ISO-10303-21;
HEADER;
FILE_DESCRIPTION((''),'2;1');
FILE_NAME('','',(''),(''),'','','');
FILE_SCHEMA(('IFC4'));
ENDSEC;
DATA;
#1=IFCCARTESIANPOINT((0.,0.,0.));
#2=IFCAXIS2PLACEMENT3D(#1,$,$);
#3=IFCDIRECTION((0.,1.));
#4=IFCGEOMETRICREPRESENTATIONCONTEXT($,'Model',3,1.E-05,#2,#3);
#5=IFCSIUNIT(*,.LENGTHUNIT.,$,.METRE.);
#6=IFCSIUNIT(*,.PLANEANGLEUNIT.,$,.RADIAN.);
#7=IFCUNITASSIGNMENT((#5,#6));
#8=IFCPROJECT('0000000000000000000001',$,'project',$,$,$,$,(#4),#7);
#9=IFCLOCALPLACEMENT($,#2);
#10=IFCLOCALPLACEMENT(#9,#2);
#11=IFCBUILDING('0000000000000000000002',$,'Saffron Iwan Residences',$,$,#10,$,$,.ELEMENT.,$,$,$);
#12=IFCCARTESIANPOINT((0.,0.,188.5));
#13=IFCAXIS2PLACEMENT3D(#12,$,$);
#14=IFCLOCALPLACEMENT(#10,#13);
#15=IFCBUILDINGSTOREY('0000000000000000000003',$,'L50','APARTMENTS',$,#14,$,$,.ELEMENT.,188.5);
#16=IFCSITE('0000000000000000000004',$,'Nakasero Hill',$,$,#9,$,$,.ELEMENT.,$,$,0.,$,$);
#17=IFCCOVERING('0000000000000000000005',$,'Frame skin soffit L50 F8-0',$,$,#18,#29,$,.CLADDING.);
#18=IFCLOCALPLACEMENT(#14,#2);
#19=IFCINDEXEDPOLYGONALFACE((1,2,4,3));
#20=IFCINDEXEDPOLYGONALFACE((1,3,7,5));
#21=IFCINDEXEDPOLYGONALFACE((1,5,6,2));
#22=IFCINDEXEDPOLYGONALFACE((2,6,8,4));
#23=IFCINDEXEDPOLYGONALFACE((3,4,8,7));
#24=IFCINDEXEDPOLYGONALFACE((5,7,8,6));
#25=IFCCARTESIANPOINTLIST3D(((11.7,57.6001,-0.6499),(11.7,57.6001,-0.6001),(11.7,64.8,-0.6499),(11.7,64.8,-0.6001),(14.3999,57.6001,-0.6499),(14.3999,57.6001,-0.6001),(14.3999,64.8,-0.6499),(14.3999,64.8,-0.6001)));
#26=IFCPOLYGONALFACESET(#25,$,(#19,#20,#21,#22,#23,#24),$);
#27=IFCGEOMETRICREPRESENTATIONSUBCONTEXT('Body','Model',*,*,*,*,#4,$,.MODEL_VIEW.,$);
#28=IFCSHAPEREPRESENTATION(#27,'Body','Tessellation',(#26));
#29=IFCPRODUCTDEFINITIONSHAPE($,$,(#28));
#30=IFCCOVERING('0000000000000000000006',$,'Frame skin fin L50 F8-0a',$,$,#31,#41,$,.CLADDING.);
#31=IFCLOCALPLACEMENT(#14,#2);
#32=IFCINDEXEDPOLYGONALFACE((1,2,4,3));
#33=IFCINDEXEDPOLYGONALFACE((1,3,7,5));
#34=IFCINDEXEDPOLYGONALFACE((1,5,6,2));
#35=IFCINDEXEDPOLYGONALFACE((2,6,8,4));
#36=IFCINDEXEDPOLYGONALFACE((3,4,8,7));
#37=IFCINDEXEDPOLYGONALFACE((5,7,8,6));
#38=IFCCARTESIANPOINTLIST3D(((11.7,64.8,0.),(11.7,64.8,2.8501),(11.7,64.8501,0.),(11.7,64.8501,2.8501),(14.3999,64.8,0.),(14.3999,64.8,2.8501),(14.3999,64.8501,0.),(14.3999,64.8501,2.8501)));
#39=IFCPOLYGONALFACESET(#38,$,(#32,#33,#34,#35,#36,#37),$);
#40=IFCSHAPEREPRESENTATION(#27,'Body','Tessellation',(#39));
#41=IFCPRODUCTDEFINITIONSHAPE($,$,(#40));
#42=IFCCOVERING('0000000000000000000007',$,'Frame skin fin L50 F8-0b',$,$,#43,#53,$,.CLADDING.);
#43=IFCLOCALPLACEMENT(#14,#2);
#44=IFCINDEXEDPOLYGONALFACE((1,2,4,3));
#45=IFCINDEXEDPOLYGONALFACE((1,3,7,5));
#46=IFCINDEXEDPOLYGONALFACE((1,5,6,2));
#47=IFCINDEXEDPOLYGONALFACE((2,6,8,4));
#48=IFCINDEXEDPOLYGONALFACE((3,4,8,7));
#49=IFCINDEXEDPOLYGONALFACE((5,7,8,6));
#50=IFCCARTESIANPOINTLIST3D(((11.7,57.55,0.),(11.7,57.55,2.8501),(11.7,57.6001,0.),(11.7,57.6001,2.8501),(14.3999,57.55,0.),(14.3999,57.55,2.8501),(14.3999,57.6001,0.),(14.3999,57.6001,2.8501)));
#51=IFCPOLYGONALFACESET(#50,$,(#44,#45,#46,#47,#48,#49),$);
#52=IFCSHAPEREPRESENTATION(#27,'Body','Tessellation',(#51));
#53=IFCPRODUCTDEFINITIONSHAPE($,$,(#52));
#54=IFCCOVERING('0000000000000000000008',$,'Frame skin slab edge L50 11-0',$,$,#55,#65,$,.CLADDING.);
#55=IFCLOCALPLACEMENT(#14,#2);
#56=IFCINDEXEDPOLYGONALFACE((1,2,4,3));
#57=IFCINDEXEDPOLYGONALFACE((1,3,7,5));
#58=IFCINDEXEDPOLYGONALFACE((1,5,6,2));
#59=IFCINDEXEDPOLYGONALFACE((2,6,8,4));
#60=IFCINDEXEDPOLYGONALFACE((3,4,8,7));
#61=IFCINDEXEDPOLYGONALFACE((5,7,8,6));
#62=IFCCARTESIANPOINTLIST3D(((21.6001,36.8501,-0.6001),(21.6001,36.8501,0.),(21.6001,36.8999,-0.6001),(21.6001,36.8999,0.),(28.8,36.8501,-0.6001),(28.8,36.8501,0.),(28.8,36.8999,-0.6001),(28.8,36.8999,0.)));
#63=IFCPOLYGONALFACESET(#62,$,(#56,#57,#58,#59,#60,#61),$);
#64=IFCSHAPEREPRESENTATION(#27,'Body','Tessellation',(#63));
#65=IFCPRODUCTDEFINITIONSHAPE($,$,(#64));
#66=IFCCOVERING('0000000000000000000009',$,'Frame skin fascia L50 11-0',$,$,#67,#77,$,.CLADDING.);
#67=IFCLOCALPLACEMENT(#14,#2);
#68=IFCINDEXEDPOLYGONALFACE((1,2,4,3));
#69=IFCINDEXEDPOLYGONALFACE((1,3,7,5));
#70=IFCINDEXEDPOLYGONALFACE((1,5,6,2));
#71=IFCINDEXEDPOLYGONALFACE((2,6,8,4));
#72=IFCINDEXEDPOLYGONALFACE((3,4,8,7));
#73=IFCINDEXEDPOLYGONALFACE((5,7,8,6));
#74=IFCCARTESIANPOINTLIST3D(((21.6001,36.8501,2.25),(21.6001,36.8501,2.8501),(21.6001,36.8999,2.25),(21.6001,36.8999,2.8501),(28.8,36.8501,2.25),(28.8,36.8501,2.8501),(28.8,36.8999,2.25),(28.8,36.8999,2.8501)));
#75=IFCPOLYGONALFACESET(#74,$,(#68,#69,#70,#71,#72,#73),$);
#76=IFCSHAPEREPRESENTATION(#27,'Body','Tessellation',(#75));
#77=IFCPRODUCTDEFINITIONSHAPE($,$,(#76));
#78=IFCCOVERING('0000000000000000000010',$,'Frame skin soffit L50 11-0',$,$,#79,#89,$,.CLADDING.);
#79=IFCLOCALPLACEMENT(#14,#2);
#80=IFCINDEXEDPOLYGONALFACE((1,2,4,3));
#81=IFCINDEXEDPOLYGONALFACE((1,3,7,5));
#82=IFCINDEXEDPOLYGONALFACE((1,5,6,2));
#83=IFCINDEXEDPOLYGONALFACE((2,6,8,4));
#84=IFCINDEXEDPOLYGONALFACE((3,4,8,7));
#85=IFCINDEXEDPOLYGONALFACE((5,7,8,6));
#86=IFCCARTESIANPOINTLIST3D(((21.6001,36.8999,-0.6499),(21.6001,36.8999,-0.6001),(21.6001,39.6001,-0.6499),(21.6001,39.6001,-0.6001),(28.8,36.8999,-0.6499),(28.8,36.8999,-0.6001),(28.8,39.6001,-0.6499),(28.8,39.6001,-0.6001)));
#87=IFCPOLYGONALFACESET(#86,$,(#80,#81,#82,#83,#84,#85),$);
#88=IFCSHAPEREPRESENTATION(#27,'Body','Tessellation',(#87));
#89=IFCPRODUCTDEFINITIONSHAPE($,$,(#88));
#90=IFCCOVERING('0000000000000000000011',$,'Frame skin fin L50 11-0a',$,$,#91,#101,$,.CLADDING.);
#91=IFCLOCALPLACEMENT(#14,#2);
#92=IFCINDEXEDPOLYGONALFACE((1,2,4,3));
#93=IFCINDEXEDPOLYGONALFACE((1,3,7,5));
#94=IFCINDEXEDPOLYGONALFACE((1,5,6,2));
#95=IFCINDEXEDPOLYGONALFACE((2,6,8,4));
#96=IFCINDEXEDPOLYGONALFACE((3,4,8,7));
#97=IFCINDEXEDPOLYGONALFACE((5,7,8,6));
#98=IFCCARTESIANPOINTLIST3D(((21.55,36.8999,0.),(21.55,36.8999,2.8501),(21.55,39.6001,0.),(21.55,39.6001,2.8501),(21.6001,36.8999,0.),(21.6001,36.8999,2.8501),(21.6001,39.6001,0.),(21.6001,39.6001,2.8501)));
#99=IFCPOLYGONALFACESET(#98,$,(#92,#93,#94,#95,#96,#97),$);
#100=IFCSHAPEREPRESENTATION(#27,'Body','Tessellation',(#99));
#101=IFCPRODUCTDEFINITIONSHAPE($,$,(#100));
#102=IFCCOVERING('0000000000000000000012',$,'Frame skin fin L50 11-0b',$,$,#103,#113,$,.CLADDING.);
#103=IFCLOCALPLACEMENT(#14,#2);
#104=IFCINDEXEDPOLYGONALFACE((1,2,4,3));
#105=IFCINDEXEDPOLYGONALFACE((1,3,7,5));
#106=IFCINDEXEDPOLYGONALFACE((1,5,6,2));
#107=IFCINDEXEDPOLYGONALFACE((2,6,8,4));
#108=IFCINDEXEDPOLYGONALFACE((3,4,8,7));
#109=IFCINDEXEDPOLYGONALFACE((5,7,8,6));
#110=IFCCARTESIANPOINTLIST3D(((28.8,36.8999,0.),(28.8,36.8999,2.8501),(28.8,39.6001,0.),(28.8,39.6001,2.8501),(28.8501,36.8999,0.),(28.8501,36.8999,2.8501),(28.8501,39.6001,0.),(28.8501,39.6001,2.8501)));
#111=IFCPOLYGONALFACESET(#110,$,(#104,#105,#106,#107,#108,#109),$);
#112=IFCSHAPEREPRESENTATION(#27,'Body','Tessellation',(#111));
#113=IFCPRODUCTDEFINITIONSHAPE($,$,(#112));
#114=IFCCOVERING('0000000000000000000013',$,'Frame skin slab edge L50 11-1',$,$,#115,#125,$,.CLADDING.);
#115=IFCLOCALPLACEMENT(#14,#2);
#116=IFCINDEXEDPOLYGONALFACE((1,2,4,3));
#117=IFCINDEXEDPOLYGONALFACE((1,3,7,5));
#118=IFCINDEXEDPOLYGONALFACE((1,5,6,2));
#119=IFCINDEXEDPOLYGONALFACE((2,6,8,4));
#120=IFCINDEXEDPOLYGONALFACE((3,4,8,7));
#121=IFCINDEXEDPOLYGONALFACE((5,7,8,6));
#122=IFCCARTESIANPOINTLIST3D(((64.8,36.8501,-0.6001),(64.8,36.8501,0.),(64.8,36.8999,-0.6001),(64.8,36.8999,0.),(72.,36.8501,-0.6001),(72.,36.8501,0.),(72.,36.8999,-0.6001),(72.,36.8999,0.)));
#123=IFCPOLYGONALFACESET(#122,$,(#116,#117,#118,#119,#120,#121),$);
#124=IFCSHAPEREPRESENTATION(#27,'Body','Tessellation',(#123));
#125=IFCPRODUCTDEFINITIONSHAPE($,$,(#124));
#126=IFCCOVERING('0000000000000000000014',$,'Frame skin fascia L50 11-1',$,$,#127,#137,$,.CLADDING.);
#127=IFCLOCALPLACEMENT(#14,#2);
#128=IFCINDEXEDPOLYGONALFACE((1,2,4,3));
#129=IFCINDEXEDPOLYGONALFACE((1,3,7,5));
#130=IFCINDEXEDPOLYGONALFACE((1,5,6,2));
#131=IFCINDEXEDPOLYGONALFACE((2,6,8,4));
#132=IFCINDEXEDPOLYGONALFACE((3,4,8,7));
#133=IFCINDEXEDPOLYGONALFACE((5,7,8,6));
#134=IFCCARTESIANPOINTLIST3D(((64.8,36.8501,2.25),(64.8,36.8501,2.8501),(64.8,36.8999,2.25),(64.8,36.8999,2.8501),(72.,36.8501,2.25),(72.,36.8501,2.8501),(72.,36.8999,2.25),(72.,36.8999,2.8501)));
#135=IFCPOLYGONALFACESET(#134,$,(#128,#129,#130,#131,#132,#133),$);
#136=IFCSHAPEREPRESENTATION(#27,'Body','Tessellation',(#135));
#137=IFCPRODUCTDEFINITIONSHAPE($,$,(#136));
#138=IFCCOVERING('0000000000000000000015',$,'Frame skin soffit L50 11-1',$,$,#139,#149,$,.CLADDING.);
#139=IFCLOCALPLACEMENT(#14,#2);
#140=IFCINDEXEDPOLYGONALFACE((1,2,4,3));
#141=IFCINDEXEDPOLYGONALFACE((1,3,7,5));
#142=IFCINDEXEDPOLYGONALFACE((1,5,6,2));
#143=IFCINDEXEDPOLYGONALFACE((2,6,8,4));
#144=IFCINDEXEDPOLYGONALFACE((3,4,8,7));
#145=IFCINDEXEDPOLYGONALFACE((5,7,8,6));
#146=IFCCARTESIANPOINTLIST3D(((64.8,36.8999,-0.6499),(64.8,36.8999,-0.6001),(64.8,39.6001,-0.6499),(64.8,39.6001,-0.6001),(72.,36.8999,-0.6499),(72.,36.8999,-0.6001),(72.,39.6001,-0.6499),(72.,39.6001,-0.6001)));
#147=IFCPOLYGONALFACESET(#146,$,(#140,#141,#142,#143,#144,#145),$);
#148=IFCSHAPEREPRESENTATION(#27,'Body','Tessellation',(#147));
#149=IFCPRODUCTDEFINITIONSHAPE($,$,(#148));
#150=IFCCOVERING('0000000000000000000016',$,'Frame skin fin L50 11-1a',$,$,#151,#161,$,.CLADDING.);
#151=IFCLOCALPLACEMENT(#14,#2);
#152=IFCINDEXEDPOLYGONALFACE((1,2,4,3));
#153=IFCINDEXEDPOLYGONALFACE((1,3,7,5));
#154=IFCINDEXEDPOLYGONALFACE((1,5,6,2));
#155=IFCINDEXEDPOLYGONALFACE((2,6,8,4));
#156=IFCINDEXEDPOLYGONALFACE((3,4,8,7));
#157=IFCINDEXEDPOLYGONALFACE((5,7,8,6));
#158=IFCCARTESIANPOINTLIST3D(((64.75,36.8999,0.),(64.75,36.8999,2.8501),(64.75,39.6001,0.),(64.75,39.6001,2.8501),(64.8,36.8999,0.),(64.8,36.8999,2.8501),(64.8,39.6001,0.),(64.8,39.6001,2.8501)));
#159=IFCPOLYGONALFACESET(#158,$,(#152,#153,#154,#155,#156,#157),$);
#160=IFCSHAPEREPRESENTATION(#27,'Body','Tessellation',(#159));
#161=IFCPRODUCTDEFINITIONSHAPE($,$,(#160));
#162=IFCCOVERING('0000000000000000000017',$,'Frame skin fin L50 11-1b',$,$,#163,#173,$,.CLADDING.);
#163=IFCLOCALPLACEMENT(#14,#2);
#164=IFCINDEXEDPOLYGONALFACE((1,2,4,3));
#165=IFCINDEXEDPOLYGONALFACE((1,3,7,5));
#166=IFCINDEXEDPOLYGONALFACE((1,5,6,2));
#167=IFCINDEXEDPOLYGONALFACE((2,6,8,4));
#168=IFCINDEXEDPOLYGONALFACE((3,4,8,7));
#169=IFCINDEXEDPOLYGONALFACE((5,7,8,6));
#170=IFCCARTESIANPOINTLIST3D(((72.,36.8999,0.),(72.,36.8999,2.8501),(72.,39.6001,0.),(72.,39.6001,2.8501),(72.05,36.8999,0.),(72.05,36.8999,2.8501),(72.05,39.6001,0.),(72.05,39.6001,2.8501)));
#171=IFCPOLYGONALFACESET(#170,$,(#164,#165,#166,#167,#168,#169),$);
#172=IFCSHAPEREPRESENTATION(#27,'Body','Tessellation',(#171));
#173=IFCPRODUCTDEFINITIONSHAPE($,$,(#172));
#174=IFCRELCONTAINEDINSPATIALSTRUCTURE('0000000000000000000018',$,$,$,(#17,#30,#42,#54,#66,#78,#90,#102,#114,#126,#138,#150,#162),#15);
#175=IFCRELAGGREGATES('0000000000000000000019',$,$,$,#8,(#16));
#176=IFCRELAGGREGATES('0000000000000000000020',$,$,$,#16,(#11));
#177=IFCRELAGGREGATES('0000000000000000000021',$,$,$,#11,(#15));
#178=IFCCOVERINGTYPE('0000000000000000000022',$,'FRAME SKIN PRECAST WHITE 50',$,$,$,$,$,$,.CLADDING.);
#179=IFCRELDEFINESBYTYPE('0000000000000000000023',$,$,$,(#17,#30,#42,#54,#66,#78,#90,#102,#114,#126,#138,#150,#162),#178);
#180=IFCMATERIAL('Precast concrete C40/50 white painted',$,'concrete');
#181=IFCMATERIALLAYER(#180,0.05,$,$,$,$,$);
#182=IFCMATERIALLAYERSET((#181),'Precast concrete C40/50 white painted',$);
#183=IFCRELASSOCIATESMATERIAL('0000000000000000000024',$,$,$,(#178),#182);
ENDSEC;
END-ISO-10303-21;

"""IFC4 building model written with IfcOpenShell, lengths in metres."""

from ifc_helpers import new_model, si_unit, direction, frame, origin, place, context, subcontext, project, spatial, polyline, outline, extrude, material, layer, layer_set, type_object, element, save


model = new_model("IFC4")

# Units and contexts
model_context = context("Model", 3, precision=1e-05, world=origin(), true_north=direction((0.0, 1.0)))
body_context = subcontext(model_context, "Body", "Model", "MODEL_VIEW")
ifc_project = project(units=[si_unit("LENGTHUNIT", "METRE"), si_unit("PLANEANGLEUNIT", "RADIAN")], contexts=[model_context])

# Site, building, storey
site_placement = place(None, origin())
site = spatial("IfcSite", under=ifc_project, at=site_placement, Name="Nakasero Hill", CompositionType="ELEMENT", RefElevation=0.0)
building_placement = place(site_placement, origin())
building = spatial("IfcBuilding", under=site, at=building_placement, Name="Saffron Iwan Residences", CompositionType="ELEMENT")
storey_placement = place(building_placement, frame((0.0, 0.0, 188.5)))
storey = spatial("IfcBuildingStorey", under=building, at=storey_placement, Name="L50", Description="APARTMENTS", CompositionType="ELEMENT", Elevation=188.5)

# Coverings
ifc_material_1 = material(Name="Precast concrete C40/50 white painted", Category="concrete")
ifc_layer_1 = layer(ifc_material_1, 0.05)
ifc_layer_set_1 = layer_set([ifc_layer_1], Name="Precast concrete C40/50 white painted")
covering_type = type_object("IfcCoveringType", Name="FRAME SKIN PRECAST WHITE 50", PredefinedType="CLADDING", material=ifc_layer_set_1)
covering_1_placement = place(storey_placement, frame((0.0, 0.0, -0.6499)))
element("IfcCovering", 1, at=covering_1_placement, inside=storey, type_object=covering_type, Name="Frame skin soffit L50 F8-0", PredefinedType="CLADDING", context=body_context, shape_type="SweptSolid", body=[
    extrude(outline(polyline([(11.7, 64.8), (11.7, 57.6001), (14.3999, 57.6001), (14.3999, 64.8), (11.7, 64.8)])), origin(), (0.0, 0.0, 1.0), 0.0498),
])
covering_2_placement = place(storey_placement, origin())
element("IfcCovering", 2, at=covering_2_placement, inside=storey, type_object=covering_type, Name="Frame skin fin L50 F8-0a", PredefinedType="CLADDING", context=body_context, shape_type="SweptSolid", body=[
    extrude(outline(polyline([(11.7, 64.8501), (11.7, 64.8), (14.3999, 64.8), (14.3999, 64.8501), (11.7, 64.8501)])), origin(), (0.0, 0.0, 1.0), 2.8501),
])
covering_3_placement = place(storey_placement, origin())
element("IfcCovering", 3, at=covering_3_placement, inside=storey, type_object=covering_type, Name="Frame skin fin L50 F8-0b", PredefinedType="CLADDING", context=body_context, shape_type="SweptSolid", body=[
    extrude(outline(polyline([(11.7, 57.6001), (11.7, 57.55), (14.3999, 57.55), (14.3999, 57.6001), (11.7, 57.6001)])), origin(), (0.0, 0.0, 1.0), 2.8501),
])
for number, where, name in (
    (4, (0.0, 0.0, -0.6001), "Frame skin slab edge L50 11-0"),
    (5, (0.0, 0.0, 2.25), "Frame skin fascia L50 11-0"),
):
    element("IfcCovering", number, at=place(storey_placement, frame(where)), inside=storey, type_object=covering_type, Name=name, PredefinedType="CLADDING", context=body_context, shape_type="SweptSolid", body=[
        extrude(outline(polyline([(21.6001, 36.8501), (28.8, 36.8501), (28.8, 36.8999), (21.6001, 36.8999), (21.6001, 36.8501)])), origin(), (0.0, 0.0, 1.0), 0.6001),
    ])
covering_4_placement = place(storey_placement, frame((0.0, 0.0, -0.6499)))
element("IfcCovering", 6, at=covering_4_placement, inside=storey, type_object=covering_type, Name="Frame skin soffit L50 11-0", PredefinedType="CLADDING", context=body_context, shape_type="SweptSolid", body=[
    extrude(outline(polyline([(21.6001, 36.8999), (28.8, 36.8999), (28.8, 39.6001), (21.6001, 39.6001), (21.6001, 36.8999)])), origin(), (0.0, 0.0, 1.0), 0.0498),
])
covering_5_placement = place(storey_placement, origin())
element("IfcCovering", 7, at=covering_5_placement, inside=storey, type_object=covering_type, Name="Frame skin fin L50 11-0a", PredefinedType="CLADDING", context=body_context, shape_type="SweptSolid", body=[
    extrude(outline(polyline([(21.55, 36.8999), (21.6001, 36.8999), (21.6001, 39.6001), (21.55, 39.6001), (21.55, 36.8999)])), origin(), (0.0, 0.0, 1.0), 2.8501),
])
covering_6_placement = place(storey_placement, origin())
element("IfcCovering", 8, at=covering_6_placement, inside=storey, type_object=covering_type, Name="Frame skin fin L50 11-0b", PredefinedType="CLADDING", context=body_context, shape_type="SweptSolid", body=[
    extrude(outline(polyline([(28.8, 36.8999), (28.8501, 36.8999), (28.8501, 39.6001), (28.8, 39.6001), (28.8, 36.8999)])), origin(), (0.0, 0.0, 1.0), 2.8501),
])
for number, where, name in (
    (9, (0.0, 0.0, -0.6001), "Frame skin slab edge L50 11-1"),
    (10, (0.0, 0.0, 2.25), "Frame skin fascia L50 11-1"),
):
    element("IfcCovering", number, at=place(storey_placement, frame(where)), inside=storey, type_object=covering_type, Name=name, PredefinedType="CLADDING", context=body_context, shape_type="SweptSolid", body=[
        extrude(outline(polyline([(64.8, 36.8501), (72.0, 36.8501), (72.0, 36.8999), (64.8, 36.8999), (64.8, 36.8501)])), origin(), (0.0, 0.0, 1.0), 0.6001),
    ])
covering_7_placement = place(storey_placement, frame((0.0, 0.0, -0.6499)))
element("IfcCovering", 11, at=covering_7_placement, inside=storey, type_object=covering_type, Name="Frame skin soffit L50 11-1", PredefinedType="CLADDING", context=body_context, shape_type="SweptSolid", body=[
    extrude(outline(polyline([(64.8, 36.8999), (72.0, 36.8999), (72.0, 39.6001), (64.8, 39.6001), (64.8, 36.8999)])), origin(), (0.0, 0.0, 1.0), 0.0498),
])
covering_8_placement = place(storey_placement, origin())
element("IfcCovering", 12, at=covering_8_placement, inside=storey, type_object=covering_type, Name="Frame skin fin L50 11-1a", PredefinedType="CLADDING", context=body_context, shape_type="SweptSolid", body=[
    extrude(outline(polyline([(64.75, 36.8999), (64.8, 36.8999), (64.8, 39.6001), (64.75, 39.6001), (64.75, 36.8999)])), origin(), (0.0, 0.0, 1.0), 2.8501),
])
covering_9_placement = place(storey_placement, origin())
element("IfcCovering", 13, at=covering_9_placement, inside=storey, type_object=covering_type, Name="Frame skin fin L50 11-1b", PredefinedType="CLADDING", context=body_context, shape_type="SweptSolid", body=[
    extrude(outline(polyline([(72.0, 36.8999), (72.05, 36.8999), (72.05, 39.6001), (72.0, 39.6001), (72.0, 36.8999)])), origin(), (0.0, 0.0, 1.0), 2.8501),
])

save(model, "model.ifc")
